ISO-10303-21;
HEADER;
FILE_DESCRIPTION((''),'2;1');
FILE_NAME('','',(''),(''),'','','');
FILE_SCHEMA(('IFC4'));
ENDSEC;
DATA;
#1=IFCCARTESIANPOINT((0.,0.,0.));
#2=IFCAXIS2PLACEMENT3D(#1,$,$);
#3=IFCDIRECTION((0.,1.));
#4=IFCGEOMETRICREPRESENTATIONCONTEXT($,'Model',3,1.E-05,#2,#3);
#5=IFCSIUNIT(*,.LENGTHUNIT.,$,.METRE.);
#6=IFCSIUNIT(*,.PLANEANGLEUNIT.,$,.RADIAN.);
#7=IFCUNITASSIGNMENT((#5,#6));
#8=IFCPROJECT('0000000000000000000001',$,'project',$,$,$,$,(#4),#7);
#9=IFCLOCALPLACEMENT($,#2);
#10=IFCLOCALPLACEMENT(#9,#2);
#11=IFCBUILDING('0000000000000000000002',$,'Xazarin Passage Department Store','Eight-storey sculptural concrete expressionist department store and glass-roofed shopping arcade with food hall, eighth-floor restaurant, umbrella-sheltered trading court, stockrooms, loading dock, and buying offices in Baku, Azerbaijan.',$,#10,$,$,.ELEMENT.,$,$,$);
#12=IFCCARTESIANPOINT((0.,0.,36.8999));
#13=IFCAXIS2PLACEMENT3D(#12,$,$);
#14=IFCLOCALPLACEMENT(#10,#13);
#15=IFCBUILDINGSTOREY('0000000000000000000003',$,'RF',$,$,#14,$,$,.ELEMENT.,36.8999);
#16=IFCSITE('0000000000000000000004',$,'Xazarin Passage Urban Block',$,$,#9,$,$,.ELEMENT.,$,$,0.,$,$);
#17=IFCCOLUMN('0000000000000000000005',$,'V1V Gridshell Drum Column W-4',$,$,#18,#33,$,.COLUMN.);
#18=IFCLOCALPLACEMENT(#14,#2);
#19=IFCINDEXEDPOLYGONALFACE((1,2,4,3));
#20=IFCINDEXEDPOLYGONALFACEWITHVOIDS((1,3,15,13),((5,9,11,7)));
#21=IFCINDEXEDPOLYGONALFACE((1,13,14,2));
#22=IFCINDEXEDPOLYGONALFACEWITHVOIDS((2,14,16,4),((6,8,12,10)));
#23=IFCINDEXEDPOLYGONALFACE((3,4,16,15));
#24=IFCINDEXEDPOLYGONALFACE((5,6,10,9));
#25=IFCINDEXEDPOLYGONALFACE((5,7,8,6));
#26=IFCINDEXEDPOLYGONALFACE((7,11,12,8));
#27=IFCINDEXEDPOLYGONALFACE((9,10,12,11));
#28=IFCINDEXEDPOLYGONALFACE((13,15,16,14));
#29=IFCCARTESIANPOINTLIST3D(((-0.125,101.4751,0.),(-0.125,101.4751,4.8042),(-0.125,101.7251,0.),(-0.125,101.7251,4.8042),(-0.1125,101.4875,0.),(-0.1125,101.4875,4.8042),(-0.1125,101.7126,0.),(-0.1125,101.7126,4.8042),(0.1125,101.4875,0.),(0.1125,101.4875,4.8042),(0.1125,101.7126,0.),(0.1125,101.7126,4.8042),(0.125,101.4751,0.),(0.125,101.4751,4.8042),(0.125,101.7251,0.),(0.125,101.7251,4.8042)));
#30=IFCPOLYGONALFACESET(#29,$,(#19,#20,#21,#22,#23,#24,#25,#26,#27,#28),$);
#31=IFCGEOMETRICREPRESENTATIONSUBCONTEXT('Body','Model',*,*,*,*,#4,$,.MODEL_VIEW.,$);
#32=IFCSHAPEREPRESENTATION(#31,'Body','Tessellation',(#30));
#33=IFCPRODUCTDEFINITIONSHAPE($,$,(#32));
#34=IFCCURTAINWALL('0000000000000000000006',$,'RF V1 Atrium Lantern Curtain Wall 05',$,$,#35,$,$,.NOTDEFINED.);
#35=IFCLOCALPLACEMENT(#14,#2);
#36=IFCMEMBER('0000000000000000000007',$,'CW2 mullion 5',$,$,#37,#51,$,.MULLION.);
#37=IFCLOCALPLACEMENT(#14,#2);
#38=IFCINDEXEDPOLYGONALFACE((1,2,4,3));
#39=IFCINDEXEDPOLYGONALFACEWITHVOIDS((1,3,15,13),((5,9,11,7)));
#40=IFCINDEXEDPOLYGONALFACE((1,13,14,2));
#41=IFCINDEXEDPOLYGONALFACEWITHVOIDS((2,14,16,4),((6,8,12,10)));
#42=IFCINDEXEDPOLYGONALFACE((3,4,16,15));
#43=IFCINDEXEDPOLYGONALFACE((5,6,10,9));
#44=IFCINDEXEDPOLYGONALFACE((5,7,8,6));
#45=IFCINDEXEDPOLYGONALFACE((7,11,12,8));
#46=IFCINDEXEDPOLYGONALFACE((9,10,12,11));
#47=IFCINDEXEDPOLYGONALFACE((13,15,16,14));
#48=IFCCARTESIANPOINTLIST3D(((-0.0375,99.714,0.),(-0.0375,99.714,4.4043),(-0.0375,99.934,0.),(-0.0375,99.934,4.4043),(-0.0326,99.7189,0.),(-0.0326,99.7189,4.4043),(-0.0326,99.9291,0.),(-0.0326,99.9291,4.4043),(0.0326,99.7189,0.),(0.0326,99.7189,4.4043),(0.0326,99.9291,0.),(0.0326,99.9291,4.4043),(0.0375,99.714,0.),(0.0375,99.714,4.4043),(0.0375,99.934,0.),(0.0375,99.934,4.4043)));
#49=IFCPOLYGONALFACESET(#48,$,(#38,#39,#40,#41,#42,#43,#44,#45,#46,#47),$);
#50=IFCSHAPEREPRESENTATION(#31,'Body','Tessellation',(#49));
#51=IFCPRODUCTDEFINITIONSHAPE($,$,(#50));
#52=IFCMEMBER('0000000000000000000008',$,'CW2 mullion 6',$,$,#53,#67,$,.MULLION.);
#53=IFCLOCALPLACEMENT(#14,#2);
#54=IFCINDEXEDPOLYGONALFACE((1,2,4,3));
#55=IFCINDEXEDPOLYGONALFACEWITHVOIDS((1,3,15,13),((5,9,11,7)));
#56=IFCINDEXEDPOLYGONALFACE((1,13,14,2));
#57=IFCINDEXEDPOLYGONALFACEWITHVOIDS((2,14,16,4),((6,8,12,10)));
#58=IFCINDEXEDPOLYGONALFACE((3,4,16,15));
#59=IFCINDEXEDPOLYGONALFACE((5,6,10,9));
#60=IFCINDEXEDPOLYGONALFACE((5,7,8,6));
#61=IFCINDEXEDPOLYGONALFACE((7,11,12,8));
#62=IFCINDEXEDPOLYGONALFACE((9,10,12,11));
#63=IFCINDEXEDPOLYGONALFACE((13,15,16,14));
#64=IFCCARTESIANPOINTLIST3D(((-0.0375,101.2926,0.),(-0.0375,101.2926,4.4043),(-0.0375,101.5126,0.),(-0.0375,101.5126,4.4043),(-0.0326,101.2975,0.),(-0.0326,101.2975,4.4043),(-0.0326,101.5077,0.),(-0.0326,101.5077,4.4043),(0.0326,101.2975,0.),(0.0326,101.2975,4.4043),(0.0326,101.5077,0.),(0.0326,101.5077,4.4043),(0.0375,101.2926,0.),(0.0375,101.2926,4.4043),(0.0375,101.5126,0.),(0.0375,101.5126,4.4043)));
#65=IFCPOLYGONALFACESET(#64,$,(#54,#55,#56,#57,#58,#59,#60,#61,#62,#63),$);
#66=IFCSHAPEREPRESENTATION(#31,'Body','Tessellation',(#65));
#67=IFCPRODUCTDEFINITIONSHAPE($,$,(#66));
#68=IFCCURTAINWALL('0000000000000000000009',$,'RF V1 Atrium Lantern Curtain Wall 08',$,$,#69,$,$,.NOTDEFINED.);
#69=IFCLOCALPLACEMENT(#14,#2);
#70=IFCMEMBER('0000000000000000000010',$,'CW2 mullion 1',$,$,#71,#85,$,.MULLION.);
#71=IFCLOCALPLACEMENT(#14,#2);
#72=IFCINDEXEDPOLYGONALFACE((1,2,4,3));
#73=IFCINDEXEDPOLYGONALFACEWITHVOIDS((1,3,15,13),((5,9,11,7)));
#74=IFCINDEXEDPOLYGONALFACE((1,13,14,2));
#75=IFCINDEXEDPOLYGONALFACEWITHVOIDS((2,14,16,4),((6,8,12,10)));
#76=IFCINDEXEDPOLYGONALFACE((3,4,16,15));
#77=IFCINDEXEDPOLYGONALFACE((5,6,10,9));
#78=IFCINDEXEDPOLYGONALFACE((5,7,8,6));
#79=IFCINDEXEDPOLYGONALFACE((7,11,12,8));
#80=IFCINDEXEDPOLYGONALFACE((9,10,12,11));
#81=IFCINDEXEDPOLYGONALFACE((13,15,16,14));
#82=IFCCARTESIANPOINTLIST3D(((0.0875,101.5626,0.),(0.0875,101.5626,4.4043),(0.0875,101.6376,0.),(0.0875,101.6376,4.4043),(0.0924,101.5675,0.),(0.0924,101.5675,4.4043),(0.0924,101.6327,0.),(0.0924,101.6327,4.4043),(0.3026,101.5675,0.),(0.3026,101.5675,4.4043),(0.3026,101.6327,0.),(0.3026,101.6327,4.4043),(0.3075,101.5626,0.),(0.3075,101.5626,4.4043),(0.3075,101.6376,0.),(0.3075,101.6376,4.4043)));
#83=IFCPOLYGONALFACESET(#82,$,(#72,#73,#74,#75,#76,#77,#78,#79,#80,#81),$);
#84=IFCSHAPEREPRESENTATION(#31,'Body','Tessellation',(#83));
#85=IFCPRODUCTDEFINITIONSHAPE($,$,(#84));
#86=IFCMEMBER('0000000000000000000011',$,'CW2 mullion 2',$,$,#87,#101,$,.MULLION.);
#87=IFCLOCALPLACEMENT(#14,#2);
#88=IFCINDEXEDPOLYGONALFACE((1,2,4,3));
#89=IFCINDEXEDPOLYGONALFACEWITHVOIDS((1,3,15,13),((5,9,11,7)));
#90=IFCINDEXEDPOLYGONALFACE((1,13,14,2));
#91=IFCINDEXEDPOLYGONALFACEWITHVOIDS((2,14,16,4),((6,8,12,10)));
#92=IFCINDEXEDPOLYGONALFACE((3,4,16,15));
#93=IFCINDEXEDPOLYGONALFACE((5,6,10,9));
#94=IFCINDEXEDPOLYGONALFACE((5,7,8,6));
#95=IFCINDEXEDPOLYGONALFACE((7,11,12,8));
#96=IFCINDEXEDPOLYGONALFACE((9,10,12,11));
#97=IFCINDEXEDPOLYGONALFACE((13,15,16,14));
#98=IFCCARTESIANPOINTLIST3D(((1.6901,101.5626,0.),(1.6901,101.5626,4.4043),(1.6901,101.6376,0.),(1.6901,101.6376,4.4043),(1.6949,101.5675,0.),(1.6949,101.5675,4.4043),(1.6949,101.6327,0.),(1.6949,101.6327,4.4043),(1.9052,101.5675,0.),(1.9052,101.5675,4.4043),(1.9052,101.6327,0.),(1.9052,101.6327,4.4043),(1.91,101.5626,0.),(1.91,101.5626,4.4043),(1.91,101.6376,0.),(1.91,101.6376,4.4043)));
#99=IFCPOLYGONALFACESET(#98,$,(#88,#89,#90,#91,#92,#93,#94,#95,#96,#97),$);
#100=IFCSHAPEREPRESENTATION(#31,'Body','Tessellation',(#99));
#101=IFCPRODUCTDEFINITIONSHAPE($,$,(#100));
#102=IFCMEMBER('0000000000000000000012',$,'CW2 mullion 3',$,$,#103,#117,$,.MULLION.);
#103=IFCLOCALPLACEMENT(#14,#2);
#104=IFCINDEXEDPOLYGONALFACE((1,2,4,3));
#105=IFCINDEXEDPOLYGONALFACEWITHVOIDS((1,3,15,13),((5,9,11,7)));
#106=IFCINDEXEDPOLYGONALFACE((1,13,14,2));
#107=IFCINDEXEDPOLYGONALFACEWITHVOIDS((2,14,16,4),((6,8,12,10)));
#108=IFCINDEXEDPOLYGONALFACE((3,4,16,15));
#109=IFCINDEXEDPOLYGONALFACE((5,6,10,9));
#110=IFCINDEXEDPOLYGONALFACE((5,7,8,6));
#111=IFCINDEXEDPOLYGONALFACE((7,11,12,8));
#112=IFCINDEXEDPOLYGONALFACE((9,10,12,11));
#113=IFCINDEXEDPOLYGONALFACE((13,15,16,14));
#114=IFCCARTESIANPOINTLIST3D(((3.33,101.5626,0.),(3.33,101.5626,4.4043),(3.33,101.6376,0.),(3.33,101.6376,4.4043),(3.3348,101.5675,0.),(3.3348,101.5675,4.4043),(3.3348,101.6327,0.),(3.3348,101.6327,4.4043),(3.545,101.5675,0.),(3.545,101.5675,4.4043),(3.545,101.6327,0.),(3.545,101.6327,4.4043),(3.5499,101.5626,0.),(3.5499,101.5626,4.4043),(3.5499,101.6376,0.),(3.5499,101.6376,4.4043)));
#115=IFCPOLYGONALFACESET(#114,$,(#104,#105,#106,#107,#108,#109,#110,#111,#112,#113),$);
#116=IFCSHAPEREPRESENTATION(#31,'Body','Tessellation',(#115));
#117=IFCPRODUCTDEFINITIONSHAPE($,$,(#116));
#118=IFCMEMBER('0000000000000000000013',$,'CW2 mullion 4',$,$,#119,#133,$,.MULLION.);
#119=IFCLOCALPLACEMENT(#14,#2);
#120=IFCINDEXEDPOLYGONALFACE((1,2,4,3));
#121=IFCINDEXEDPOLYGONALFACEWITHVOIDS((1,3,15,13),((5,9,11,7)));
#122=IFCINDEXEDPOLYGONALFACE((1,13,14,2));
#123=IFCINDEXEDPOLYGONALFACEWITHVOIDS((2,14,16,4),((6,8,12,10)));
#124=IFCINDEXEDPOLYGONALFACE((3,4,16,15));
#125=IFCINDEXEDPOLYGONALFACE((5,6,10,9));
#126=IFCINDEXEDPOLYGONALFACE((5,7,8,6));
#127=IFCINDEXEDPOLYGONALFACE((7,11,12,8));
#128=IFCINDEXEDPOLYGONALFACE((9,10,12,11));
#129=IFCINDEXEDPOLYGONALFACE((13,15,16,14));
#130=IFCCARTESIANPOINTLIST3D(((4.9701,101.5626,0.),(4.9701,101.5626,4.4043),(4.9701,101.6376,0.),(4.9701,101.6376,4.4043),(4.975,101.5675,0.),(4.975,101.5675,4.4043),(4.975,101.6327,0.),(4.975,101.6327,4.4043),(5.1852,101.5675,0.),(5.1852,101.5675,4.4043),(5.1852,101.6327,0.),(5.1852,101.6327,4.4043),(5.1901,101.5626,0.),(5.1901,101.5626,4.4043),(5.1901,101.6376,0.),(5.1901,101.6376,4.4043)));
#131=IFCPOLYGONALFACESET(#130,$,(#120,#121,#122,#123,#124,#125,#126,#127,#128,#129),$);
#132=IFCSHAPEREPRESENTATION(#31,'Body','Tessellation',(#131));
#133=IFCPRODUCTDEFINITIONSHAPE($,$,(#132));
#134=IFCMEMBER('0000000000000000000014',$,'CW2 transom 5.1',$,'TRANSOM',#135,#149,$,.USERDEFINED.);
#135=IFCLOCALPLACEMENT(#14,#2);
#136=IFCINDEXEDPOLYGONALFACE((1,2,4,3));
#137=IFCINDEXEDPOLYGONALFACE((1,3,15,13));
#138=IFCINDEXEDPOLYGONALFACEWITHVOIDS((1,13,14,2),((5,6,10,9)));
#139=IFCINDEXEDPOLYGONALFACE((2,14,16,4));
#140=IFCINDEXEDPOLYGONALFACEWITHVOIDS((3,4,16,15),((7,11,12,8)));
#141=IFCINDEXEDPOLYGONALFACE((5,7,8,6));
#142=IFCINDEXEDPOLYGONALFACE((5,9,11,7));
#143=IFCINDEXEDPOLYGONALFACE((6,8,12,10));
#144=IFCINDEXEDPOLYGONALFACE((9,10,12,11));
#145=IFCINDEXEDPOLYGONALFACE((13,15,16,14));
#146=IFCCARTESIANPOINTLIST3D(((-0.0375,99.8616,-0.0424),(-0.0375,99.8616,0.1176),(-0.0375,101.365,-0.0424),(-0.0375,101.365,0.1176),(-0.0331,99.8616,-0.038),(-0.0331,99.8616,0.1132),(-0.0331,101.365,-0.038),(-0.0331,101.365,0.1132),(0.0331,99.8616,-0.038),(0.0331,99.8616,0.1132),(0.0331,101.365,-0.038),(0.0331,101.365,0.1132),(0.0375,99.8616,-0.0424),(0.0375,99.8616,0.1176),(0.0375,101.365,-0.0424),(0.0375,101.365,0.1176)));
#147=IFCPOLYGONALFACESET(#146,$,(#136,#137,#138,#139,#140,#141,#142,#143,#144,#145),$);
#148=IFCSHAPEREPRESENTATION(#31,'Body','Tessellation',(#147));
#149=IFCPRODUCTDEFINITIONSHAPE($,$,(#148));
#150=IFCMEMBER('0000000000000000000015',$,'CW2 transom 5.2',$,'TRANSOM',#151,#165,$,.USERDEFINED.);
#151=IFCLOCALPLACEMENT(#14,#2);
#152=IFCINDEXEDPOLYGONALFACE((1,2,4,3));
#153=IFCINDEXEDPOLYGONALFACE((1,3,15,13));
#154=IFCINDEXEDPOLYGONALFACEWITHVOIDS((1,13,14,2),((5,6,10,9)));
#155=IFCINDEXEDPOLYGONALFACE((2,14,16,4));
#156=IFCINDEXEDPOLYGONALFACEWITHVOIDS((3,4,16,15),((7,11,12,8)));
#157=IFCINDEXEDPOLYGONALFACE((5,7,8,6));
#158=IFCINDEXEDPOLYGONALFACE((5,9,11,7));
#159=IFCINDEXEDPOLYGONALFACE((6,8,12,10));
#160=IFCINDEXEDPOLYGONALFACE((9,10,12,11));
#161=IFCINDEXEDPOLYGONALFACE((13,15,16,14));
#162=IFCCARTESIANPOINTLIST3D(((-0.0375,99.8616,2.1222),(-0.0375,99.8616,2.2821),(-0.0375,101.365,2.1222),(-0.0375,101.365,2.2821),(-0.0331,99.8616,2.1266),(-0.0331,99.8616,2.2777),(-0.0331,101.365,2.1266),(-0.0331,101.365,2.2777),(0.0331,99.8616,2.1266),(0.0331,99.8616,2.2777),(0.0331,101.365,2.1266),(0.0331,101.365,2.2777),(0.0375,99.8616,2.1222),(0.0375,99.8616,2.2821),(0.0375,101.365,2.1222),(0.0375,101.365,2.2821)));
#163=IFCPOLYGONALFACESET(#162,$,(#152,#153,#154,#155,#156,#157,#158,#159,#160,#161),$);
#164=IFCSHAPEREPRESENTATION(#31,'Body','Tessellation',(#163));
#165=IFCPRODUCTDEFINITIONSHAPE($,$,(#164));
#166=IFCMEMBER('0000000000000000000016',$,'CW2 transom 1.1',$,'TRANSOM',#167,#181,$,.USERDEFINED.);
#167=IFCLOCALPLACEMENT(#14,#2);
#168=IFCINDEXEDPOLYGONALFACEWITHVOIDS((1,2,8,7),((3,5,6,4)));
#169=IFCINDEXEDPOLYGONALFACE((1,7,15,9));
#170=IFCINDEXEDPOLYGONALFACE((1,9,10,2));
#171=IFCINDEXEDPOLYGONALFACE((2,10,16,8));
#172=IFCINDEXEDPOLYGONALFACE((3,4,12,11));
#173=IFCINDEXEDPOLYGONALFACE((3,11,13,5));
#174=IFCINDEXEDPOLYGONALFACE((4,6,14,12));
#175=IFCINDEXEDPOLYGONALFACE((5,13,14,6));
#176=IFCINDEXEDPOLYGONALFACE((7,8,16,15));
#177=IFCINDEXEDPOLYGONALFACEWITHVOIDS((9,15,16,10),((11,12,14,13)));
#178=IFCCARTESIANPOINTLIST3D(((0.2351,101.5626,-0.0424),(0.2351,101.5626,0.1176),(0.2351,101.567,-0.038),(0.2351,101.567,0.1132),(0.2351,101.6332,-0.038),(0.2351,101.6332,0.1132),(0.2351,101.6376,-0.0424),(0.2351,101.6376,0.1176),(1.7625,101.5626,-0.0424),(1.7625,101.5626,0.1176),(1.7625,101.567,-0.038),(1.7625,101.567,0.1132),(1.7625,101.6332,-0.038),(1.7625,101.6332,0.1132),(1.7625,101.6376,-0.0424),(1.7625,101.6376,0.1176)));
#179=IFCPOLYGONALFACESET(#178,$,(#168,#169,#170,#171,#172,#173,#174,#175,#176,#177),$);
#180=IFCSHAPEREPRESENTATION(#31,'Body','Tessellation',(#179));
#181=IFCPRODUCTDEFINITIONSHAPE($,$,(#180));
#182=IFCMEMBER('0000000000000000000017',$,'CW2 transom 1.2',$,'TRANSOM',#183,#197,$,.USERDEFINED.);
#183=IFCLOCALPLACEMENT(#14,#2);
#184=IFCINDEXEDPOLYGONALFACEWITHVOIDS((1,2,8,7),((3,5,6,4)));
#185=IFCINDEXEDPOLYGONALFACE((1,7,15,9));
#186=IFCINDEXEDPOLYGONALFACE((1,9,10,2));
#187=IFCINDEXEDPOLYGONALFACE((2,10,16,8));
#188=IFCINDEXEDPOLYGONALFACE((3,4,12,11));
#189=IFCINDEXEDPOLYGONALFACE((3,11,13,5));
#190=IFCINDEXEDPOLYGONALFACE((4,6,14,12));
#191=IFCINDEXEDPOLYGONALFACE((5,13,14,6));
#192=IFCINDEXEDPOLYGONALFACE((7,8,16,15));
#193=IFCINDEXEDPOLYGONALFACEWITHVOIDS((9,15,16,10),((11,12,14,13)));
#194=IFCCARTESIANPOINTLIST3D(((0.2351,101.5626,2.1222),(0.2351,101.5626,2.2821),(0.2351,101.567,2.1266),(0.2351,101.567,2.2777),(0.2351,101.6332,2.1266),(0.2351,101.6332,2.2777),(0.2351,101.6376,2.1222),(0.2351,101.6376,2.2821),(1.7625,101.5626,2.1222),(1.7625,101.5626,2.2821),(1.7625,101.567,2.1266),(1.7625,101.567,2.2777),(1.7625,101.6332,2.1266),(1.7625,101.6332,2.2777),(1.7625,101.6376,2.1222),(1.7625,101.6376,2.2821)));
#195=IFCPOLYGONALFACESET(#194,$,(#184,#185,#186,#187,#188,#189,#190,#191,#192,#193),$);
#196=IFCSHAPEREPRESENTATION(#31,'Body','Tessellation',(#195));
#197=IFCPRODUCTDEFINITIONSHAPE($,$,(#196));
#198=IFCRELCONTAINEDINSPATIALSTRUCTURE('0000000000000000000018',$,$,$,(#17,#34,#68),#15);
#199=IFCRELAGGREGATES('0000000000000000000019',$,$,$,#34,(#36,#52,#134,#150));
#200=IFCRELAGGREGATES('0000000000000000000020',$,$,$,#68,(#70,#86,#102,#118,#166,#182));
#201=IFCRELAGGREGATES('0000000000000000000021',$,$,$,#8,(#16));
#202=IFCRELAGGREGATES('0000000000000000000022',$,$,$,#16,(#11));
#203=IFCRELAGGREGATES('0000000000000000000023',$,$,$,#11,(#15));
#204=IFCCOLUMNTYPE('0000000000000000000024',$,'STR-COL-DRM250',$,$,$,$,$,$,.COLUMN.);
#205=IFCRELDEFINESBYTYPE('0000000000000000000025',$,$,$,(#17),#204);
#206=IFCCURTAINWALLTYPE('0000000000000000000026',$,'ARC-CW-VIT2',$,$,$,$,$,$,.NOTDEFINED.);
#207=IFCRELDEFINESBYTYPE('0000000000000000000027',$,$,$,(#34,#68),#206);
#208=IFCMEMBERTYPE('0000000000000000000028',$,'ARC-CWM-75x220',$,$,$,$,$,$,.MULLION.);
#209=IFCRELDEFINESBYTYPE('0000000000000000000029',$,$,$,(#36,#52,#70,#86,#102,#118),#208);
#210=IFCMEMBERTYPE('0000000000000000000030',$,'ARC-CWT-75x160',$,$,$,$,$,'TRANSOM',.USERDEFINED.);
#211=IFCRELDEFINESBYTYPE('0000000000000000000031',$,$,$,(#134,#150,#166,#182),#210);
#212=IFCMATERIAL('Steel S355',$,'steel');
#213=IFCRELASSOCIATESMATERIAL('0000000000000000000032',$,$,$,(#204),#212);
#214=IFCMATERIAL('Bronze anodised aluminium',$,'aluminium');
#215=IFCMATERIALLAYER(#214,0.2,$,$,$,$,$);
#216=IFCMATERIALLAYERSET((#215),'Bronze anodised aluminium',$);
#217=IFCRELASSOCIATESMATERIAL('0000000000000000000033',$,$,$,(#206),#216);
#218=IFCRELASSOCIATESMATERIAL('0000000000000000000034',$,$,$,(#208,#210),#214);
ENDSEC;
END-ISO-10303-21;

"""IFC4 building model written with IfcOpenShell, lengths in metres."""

from ifc_helpers import new_model, si_unit, direction, frame, origin, origin_2d, place, context, subcontext, project, spatial, hollow_rectangle, extrude, material, layer, layer_set, material_profile, profile_set, type_object, element, aggregate, save


model = new_model("IFC4")

# Units and contexts
model_context = context("Model", 3, precision=1e-05, world=origin(), true_north=direction((0.0, 1.0)))
body_context = subcontext(model_context, "Body", "Model", "MODEL_VIEW")
ifc_project = project(units=[si_unit("LENGTHUNIT", "METRE"), si_unit("PLANEANGLEUNIT", "RADIAN")], contexts=[model_context])

# Site, building, storey
site_placement = place(None, origin())
site = spatial("IfcSite", under=ifc_project, at=site_placement, Name="Xazarin Passage Urban Block", CompositionType="ELEMENT", RefElevation=0.0)
building_placement = place(site_placement, origin())
building = spatial("IfcBuilding", under=site, at=building_placement, Name="Xazarin Passage Department Store", Description="Eight-storey sculptural concrete expressionist department store and glass-roofed shopping arcade with food hall, eighth-floor restaurant, umbrella-sheltered trading court, stockrooms, loading dock, and buying offices in Baku, Azerbaijan.", CompositionType="ELEMENT")
storey_placement = place(building_placement, frame((0.0, 0.0, 36.8999)))
storey = spatial("IfcBuildingStorey", under=building, at=storey_placement, Name="RF", CompositionType="ELEMENT", Elevation=36.8999)

# Column
ifc_material_1 = material(Name="Steel S355", Category="steel")
ifc_material_profile_1 = material_profile(ifc_material_1, hollow_rectangle(XDim=0.25, YDim=0.25, WallThickness=0.0125, at=origin_2d()), Name="SHS 250x250x12.5")
ifc_profile_set_1 = profile_set([ifc_material_profile_1], Name="Steel S355")
column_type = type_object("IfcColumnType", Name="STR-COL-DRM250", PredefinedType="COLUMN", material=ifc_profile_set_1)
column_placement = place(storey_placement, frame((0.0, 101.6001, 0.0), z_axis=(0.0, 0.0, 1.0), x_axis=(1.0, 0.0, 0.0)))
element("IfcColumn", 1, at=column_placement, inside=storey, type_object=column_type, Name="V1V Gridshell Drum Column W-4", PredefinedType="COLUMN", context=body_context, shape_type="SweptSolid", body=[
    extrude(hollow_rectangle(XDim=0.25, YDim=0.25, WallThickness=0.0125, at=origin_2d()), origin(), (0.0, 0.0, 1.0), 4.8042),
])

# Curtain walls, members
ifc_material_2 = material(Name="Bronze anodised aluminium", Category="aluminium")
ifc_layer_1 = layer(ifc_material_2, 0.2)
ifc_layer_set_1 = layer_set([ifc_layer_1], Name="Bronze anodised aluminium")
curtain_wall_type = type_object("IfcCurtainWallType", Name="ARC-CW-VIT2", PredefinedType="NOTDEFINED", material=ifc_layer_set_1)
curtain_wall_1_placement = place(storey_placement, origin())
curtain_wall_1 = element("IfcCurtainWall", 2, at=curtain_wall_1_placement, inside=storey, type_object=curtain_wall_type, Name="RF V1 Atrium Lantern Curtain Wall 05", PredefinedType="NOTDEFINED")
ifc_material_profile_2 = material_profile(ifc_material_2, hollow_rectangle(XDim=0.075, YDim=0.22, WallThickness=0.0049, at=origin_2d()), Name="ALU 75x220")
ifc_profile_set_2 = profile_set([ifc_material_profile_2], Name="Bronze anodised aluminium")
member_type_1 = type_object("IfcMemberType", Name="ARC-CWM-75x220", PredefinedType="MULLION", material=ifc_profile_set_2)
member_1_placement = place(storey_placement, frame((0.0, 99.824, 0.0), z_axis=(0.0, 0.0, 1.0), x_axis=(-1.0, 0.0, 0.0)))
member_1 = element("IfcMember", 3, at=member_1_placement, type_object=member_type_1, Name="CW2 mullion 5", PredefinedType="MULLION", context=body_context, shape_type="SweptSolid", body=[
    extrude(hollow_rectangle(XDim=0.075, YDim=0.22, WallThickness=0.0049, at=origin_2d()), origin(), (0.0, 0.0, 1.0), 4.4043),
])
member_2_placement = place(storey_placement, frame((0.0, 101.4026, 0.0), z_axis=(0.0, 0.0, 1.0), x_axis=(-1.0, 0.0, 0.0)))
member_2 = element("IfcMember", 4, at=member_2_placement, type_object=member_type_1, Name="CW2 mullion 6", PredefinedType="MULLION", context=body_context, shape_type="SweptSolid", body=[
    extrude(hollow_rectangle(XDim=0.075, YDim=0.22, WallThickness=0.0049, at=origin_2d()), origin(), (0.0, 0.0, 1.0), 4.4043),
])
curtain_wall_2_placement = place(storey_placement, origin())
curtain_wall_2 = element("IfcCurtainWall", 5, at=curtain_wall_2_placement, inside=storey, type_object=curtain_wall_type, Name="RF V1 Atrium Lantern Curtain Wall 08", PredefinedType="NOTDEFINED")
member_3_placement = place(storey_placement, frame((0.1975, 101.6001, 0.0), z_axis=(0.0, 0.0, 1.0), x_axis=(0.0, 1.0, 0.0)))
member_3 = element("IfcMember", 6, at=member_3_placement, type_object=member_type_1, Name="CW2 mullion 1", PredefinedType="MULLION", context=body_context, shape_type="SweptSolid", body=[
    extrude(hollow_rectangle(XDim=0.075, YDim=0.22, WallThickness=0.0049, at=origin_2d()), origin(), (0.0, 0.0, 1.0), 4.4043),
])
member_4_placement = place(storey_placement, frame((1.8, 101.6001, 0.0), z_axis=(0.0, 0.0, 1.0), x_axis=(0.0, 1.0, 0.0)))
member_4 = element("IfcMember", 7, at=member_4_placement, type_object=member_type_1, Name="CW2 mullion 2", PredefinedType="MULLION", context=body_context, shape_type="SweptSolid", body=[
    extrude(hollow_rectangle(XDim=0.075, YDim=0.22, WallThickness=0.0049, at=origin_2d()), origin(), (0.0, 0.0, 1.0), 4.4043),
])
member_5_placement = place(storey_placement, frame((3.4399, 101.6001, 0.0), z_axis=(0.0, 0.0, 1.0), x_axis=(0.0, 1.0, 0.0)))
member_5 = element("IfcMember", 8, at=member_5_placement, type_object=member_type_1, Name="CW2 mullion 3", PredefinedType="MULLION", context=body_context, shape_type="SweptSolid", body=[
    extrude(hollow_rectangle(XDim=0.075, YDim=0.22, WallThickness=0.0049, at=origin_2d()), origin(), (0.0, 0.0, 1.0), 4.4043),
])
member_6_placement = place(storey_placement, frame((5.0801, 101.6001, 0.0), z_axis=(0.0, 0.0, 1.0), x_axis=(0.0, 1.0, 0.0)))
member_6 = element("IfcMember", 9, at=member_6_placement, type_object=member_type_1, Name="CW2 mullion 4", PredefinedType="MULLION", context=body_context, shape_type="SweptSolid", body=[
    extrude(hollow_rectangle(XDim=0.075, YDim=0.22, WallThickness=0.0049, at=origin_2d()), origin(), (0.0, 0.0, 1.0), 4.4043),
])

# Members
ifc_material_profile_3 = material_profile(ifc_material_2, hollow_rectangle(XDim=0.075, YDim=0.1599, WallThickness=0.0044, at=origin_2d()), Name="ALU 75x160")
ifc_profile_set_3 = profile_set([ifc_material_profile_3], Name="Bronze anodised aluminium")
member_type_2 = type_object("IfcMemberType", Name="ARC-CWT-75x160", ElementType="TRANSOM", PredefinedType="USERDEFINED", material=ifc_profile_set_3)
member_7_placement = place(storey_placement, frame((0.0, 99.8616, 0.0376), z_axis=(0.0, 1.0, 0.0), x_axis=(-1.0, 0.0, 0.0)))
member_7 = element("IfcMember", 10, at=member_7_placement, type_object=member_type_2, Name="CW2 transom 5.1", ObjectType="TRANSOM", PredefinedType="USERDEFINED", context=body_context, shape_type="SweptSolid", body=[
    extrude(hollow_rectangle(XDim=0.075, YDim=0.1599, WallThickness=0.0044, at=origin_2d()), origin(), (0.0, 0.0, 1.0), 1.5034),
])
member_8_placement = place(storey_placement, frame((0.0, 99.8616, 2.2021), z_axis=(0.0, 1.0, 0.0), x_axis=(-1.0, 0.0, 0.0)))
member_8 = element("IfcMember", 11, at=member_8_placement, type_object=member_type_2, Name="CW2 transom 5.2", ObjectType="TRANSOM", PredefinedType="USERDEFINED", context=body_context, shape_type="SweptSolid", body=[
    extrude(hollow_rectangle(XDim=0.075, YDim=0.1599, WallThickness=0.0044, at=origin_2d()), origin(), (0.0, 0.0, 1.0), 1.5034),
])
member_9_placement = place(storey_placement, frame((0.2351, 101.6001, 0.0376), z_axis=(1.0, 0.0, 0.0), x_axis=(0.0, 1.0, 0.0)))
member_9 = element("IfcMember", 12, at=member_9_placement, type_object=member_type_2, Name="CW2 transom 1.1", ObjectType="TRANSOM", PredefinedType="USERDEFINED", context=body_context, shape_type="SweptSolid", body=[
    extrude(hollow_rectangle(XDim=0.075, YDim=0.1599, WallThickness=0.0044, at=origin_2d()), origin(), (0.0, 0.0, 1.0), 1.5273),
])
member_10_placement = place(storey_placement, frame((0.2351, 101.6001, 2.2021), z_axis=(1.0, 0.0, 0.0), x_axis=(0.0, 1.0, 0.0)))
member_10 = element("IfcMember", 13, at=member_10_placement, type_object=member_type_2, Name="CW2 transom 1.2", ObjectType="TRANSOM", PredefinedType="USERDEFINED", context=body_context, shape_type="SweptSolid", body=[
    extrude(hollow_rectangle(XDim=0.075, YDim=0.1599, WallThickness=0.0044, at=origin_2d()), origin(), (0.0, 0.0, 1.0), 1.5273),
])

aggregate(curtain_wall_1, [member_1, member_2, member_7, member_8])
aggregate(curtain_wall_2, [member_3, member_4, member_5, member_6, member_9, member_10])

save(model, "model.ifc")
